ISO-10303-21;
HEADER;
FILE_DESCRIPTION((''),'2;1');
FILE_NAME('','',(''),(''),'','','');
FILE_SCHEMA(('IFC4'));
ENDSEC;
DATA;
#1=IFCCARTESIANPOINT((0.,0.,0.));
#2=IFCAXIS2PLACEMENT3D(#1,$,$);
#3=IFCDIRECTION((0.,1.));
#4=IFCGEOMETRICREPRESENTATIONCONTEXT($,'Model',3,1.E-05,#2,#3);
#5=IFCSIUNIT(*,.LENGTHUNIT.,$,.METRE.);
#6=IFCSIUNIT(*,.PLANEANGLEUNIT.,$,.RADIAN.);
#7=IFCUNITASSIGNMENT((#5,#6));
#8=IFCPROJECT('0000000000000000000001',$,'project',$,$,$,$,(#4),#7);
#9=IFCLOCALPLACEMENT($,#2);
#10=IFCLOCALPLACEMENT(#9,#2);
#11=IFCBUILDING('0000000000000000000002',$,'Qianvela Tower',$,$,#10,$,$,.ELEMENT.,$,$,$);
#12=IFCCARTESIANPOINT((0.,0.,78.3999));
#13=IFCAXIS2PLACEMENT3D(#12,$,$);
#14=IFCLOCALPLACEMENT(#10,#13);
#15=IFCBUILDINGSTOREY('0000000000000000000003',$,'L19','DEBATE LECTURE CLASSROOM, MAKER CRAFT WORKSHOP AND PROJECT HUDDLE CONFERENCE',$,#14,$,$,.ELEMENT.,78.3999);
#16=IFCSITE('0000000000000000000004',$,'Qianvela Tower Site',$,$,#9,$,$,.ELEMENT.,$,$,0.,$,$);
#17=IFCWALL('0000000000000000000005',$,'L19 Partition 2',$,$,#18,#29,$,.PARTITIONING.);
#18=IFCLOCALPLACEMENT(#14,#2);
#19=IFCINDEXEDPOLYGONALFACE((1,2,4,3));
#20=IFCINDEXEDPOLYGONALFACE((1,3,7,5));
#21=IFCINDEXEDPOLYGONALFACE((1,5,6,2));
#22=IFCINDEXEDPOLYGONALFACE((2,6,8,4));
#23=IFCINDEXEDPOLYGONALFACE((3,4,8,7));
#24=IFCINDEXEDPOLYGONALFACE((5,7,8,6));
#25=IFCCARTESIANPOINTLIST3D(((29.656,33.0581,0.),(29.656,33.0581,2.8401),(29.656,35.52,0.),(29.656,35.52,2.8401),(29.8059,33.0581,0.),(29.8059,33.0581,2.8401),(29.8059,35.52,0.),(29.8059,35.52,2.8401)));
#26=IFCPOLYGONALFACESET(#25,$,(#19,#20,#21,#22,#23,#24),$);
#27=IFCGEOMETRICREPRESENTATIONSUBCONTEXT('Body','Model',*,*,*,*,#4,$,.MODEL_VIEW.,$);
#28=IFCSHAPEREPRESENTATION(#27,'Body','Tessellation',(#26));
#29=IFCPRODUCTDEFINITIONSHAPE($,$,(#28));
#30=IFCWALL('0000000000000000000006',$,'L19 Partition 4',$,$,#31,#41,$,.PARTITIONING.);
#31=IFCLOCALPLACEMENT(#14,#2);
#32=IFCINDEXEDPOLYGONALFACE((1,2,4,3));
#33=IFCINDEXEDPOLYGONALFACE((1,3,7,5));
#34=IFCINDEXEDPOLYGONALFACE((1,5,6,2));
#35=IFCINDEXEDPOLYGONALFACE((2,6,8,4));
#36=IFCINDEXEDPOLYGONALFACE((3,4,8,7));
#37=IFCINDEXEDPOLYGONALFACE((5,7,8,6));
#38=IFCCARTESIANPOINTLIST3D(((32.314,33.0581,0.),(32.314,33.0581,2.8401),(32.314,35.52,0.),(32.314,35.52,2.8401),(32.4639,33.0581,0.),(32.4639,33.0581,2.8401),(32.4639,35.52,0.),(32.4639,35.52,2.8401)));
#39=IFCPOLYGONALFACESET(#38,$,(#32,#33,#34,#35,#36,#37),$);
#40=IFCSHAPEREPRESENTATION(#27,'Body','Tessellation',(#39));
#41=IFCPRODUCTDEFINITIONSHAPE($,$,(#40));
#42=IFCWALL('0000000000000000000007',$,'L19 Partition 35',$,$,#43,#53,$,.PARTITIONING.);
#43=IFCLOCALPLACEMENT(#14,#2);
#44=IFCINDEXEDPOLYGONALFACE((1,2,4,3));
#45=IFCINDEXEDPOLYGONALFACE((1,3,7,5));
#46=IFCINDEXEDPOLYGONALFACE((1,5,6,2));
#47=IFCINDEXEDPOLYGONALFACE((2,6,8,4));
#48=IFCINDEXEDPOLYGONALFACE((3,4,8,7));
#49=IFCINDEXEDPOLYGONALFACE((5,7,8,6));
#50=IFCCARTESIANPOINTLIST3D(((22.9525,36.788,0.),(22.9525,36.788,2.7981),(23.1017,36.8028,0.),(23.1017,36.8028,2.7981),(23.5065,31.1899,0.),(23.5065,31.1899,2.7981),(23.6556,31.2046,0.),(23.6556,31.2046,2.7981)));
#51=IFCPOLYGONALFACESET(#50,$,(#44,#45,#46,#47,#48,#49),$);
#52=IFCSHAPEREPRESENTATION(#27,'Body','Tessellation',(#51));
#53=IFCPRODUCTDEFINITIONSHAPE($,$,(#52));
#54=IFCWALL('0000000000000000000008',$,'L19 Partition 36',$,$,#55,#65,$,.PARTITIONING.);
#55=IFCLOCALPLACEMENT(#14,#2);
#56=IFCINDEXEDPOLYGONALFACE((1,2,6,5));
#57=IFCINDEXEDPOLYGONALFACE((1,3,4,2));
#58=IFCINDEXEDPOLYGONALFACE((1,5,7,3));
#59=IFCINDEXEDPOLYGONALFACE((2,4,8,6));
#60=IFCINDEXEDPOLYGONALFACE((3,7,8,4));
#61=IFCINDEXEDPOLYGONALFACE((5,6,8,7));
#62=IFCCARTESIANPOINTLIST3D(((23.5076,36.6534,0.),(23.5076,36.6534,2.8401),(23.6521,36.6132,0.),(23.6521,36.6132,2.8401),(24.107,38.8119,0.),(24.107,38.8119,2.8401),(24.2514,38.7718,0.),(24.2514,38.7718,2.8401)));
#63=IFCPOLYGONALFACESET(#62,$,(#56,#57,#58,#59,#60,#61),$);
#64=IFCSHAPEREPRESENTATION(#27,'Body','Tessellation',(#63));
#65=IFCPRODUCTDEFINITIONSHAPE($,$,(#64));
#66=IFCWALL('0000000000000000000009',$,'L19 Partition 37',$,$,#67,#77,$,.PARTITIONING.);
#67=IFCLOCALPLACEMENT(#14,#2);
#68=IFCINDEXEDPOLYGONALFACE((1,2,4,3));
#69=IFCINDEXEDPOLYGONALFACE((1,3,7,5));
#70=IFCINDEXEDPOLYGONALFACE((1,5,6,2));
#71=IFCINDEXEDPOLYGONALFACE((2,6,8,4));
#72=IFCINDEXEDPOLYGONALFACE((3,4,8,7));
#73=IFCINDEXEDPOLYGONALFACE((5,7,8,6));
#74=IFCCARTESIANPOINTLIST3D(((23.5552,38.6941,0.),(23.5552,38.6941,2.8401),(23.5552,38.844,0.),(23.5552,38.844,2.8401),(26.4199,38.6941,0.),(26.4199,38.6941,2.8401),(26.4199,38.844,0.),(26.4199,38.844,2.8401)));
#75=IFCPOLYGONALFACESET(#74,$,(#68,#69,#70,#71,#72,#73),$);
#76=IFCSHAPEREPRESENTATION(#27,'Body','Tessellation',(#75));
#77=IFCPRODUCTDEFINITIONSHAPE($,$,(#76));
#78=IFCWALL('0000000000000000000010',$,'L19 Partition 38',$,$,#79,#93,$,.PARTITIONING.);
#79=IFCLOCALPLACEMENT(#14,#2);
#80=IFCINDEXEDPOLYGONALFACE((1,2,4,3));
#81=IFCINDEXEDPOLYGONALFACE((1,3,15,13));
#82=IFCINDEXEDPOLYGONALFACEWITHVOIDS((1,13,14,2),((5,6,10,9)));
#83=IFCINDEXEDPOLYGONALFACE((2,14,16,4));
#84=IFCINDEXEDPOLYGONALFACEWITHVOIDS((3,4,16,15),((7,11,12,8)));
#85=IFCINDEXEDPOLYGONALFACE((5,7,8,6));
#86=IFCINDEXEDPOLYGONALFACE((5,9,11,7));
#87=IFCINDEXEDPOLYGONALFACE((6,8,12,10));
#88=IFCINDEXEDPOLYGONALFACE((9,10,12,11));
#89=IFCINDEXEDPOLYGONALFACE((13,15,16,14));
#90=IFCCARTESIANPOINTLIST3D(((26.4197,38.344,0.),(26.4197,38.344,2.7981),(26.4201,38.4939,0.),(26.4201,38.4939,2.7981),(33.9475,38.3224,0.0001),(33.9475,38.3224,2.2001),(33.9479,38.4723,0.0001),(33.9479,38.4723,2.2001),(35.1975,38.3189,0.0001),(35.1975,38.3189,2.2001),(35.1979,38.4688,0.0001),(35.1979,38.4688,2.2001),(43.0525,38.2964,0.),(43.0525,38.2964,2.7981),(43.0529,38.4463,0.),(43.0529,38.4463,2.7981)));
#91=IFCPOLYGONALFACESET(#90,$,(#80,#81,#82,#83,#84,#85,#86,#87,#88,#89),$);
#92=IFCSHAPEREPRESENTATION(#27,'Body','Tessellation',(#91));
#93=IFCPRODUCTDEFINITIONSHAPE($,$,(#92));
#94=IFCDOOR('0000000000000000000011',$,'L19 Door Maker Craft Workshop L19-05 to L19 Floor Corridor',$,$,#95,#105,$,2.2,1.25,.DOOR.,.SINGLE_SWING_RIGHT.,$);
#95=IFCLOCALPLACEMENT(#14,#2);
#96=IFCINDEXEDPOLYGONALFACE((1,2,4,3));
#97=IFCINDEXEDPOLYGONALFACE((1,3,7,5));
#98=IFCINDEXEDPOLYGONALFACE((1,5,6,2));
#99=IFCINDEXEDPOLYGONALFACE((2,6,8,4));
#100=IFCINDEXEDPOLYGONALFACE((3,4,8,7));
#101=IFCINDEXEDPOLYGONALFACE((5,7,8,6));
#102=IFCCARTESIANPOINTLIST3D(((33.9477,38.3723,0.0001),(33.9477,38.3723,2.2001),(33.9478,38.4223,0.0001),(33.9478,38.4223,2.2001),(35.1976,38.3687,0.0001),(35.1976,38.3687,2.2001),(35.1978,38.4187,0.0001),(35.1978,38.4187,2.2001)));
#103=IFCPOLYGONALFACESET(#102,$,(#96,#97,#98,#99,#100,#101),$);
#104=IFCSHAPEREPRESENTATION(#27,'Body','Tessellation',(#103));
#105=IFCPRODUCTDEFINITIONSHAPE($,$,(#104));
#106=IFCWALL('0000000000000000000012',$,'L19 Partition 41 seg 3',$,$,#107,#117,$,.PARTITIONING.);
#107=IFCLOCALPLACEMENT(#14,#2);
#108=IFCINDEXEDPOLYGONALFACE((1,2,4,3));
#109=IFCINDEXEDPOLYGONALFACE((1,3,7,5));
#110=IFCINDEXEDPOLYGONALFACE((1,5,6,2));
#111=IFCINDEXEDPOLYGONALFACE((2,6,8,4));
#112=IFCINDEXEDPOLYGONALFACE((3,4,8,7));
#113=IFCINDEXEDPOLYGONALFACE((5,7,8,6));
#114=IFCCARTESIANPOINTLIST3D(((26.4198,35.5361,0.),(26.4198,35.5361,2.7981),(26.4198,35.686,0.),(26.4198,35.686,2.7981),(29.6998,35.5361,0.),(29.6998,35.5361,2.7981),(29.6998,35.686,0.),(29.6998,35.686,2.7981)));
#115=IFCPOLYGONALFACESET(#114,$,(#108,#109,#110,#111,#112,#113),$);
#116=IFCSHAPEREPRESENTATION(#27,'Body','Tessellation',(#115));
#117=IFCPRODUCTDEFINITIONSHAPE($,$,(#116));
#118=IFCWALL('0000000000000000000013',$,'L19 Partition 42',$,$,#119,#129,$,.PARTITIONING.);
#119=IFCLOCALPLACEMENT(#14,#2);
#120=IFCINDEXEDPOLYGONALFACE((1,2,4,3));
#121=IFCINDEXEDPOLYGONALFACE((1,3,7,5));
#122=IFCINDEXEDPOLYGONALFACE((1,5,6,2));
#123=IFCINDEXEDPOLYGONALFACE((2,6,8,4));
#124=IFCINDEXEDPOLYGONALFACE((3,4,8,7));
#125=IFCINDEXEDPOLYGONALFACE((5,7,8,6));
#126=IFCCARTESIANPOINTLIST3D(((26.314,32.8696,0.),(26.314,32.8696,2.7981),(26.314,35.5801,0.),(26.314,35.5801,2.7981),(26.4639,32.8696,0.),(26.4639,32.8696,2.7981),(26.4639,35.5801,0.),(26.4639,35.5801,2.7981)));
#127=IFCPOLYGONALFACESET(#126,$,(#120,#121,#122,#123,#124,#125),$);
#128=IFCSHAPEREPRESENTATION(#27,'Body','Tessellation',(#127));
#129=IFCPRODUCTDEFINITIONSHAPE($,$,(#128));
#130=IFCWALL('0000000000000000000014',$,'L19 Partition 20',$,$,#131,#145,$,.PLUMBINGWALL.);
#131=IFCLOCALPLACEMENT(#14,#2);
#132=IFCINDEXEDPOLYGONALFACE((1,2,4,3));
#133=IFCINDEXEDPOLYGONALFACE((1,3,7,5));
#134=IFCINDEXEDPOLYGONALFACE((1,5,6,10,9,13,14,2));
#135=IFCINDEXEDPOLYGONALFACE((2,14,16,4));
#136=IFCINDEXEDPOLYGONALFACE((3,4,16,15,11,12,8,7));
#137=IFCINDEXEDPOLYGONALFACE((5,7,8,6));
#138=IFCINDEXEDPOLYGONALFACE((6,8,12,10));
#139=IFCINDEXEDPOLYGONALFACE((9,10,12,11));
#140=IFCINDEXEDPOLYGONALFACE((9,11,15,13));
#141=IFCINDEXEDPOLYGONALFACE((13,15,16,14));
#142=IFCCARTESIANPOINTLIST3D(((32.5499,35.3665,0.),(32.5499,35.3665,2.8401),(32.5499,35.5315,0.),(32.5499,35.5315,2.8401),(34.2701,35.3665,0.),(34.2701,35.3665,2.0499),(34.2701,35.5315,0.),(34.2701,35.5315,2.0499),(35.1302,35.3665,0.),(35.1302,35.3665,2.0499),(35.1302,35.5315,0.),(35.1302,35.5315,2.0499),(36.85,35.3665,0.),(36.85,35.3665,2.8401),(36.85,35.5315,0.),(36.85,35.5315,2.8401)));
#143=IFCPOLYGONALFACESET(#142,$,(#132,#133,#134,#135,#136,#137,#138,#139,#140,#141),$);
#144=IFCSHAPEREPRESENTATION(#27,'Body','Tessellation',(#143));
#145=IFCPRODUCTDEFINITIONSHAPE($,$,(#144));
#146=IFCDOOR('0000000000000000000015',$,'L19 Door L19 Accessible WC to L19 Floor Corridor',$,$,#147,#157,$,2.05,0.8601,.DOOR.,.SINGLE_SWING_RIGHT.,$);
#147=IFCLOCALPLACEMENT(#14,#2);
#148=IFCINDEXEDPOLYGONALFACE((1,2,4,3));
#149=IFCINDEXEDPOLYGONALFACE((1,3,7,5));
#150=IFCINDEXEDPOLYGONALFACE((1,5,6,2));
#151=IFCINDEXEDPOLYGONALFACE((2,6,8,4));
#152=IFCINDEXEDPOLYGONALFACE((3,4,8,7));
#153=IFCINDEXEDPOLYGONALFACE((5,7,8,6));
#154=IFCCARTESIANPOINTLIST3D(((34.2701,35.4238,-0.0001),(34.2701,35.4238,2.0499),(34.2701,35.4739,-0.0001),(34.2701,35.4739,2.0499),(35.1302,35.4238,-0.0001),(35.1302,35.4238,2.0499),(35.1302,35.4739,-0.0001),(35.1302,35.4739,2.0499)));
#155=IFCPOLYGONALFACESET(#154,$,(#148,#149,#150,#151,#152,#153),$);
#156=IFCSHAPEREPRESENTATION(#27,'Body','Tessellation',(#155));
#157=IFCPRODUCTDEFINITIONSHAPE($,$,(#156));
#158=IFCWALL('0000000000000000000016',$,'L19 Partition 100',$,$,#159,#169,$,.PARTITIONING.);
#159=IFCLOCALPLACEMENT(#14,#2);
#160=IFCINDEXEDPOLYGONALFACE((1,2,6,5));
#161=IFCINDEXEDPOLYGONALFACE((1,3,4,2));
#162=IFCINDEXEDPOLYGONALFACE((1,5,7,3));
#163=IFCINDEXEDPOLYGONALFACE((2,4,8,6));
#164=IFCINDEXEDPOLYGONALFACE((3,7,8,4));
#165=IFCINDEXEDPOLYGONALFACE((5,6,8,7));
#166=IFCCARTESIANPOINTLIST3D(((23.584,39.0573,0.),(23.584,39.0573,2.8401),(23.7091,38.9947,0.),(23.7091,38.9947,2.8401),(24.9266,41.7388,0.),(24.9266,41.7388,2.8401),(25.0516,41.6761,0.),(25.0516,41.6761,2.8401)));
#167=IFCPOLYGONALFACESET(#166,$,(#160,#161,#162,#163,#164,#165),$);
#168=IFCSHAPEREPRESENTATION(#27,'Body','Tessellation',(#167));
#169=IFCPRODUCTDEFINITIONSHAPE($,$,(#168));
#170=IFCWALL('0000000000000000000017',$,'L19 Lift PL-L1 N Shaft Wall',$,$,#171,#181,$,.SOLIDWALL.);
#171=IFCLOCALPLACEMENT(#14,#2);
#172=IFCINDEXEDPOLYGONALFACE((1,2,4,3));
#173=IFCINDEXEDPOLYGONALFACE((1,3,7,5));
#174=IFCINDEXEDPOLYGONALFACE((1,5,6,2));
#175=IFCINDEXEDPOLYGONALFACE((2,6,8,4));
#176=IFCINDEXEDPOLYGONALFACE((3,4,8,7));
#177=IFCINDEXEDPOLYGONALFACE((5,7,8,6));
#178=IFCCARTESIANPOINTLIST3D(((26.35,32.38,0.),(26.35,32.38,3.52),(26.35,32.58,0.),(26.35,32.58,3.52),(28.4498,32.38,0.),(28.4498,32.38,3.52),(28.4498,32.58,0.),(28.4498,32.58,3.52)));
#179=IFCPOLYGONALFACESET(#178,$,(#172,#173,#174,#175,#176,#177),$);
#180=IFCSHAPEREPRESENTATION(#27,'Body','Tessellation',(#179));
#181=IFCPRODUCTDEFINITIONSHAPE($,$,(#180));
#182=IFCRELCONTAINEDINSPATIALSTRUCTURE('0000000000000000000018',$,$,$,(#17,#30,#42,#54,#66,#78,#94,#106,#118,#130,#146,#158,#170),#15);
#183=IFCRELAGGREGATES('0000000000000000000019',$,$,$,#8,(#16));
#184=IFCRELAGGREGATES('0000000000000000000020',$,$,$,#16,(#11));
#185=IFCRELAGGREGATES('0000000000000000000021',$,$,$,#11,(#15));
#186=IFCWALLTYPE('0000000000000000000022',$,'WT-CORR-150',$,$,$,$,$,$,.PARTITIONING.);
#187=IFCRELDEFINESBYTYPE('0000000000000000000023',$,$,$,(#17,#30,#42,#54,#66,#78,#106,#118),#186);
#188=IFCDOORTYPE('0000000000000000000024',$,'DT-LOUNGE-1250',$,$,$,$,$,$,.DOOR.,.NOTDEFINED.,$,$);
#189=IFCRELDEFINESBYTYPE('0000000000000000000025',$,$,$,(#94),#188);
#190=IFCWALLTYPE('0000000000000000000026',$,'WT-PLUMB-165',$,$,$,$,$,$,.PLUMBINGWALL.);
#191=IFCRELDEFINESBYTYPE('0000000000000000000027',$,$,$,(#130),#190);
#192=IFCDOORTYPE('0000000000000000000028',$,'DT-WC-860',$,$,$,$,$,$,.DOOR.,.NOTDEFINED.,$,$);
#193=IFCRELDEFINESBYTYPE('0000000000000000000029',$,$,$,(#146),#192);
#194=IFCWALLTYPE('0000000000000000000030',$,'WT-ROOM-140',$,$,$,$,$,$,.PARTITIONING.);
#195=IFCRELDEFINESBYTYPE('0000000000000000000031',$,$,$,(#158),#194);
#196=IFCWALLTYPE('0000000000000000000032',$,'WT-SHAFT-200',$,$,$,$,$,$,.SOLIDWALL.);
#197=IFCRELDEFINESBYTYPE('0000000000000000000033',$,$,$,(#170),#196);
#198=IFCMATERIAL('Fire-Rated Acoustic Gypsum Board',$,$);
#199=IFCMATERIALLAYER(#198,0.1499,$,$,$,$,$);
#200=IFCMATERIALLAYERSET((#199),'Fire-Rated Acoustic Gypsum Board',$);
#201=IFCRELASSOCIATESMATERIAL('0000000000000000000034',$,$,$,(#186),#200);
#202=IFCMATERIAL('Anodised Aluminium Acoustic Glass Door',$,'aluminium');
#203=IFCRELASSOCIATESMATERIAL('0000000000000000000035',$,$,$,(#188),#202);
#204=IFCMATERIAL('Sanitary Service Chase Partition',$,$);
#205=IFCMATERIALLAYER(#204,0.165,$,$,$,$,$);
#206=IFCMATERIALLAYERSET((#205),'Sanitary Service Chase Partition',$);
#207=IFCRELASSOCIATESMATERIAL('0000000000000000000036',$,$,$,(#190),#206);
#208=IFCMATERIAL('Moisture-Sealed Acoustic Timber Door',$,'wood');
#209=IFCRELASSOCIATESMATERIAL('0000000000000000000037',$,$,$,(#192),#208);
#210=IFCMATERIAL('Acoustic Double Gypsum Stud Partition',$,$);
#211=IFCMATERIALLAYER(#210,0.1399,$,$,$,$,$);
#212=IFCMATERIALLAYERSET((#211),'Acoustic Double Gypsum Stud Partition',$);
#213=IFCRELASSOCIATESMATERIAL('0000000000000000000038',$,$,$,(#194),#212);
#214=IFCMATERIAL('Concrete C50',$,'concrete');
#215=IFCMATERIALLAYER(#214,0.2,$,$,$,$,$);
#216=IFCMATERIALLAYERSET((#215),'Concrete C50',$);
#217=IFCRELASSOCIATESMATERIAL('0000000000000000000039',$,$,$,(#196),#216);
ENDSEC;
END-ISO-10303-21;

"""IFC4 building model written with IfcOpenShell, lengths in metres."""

from ifc_helpers import new_model, si_unit, direction, frame, frame_2d, origin, place, context, subcontext, project, spatial, rectangle, extrude, material, layer, layer_set, type_object, element, fill, save


model = new_model("IFC4")

# Units and contexts
model_context = context("Model", 3, precision=1e-05, world=origin(), true_north=direction((0.0, 1.0)))
body_context = subcontext(model_context, "Body", "Model", "MODEL_VIEW")
ifc_project = project(units=[si_unit("LENGTHUNIT", "METRE"), si_unit("PLANEANGLEUNIT", "RADIAN")], contexts=[model_context])

# Site, building, storey
site_placement = place(None, origin())
site = spatial("IfcSite", under=ifc_project, at=site_placement, Name="Qianvela Tower Site", CompositionType="ELEMENT", RefElevation=0.0)
building_placement = place(site_placement, origin())
building = spatial("IfcBuilding", under=site, at=building_placement, Name="Qianvela Tower", CompositionType="ELEMENT")
storey_placement = place(building_placement, frame((0.0, 0.0, 78.3999)))
storey = spatial("IfcBuildingStorey", under=building, at=storey_placement, Name="L19", Description="DEBATE LECTURE CLASSROOM, MAKER CRAFT WORKSHOP AND PROJECT HUDDLE CONFERENCE", CompositionType="ELEMENT", Elevation=78.3999)

# Wall
ifc_material_1 = material(Name="Fire-Rated Acoustic Gypsum Board")
ifc_layer_1 = layer(ifc_material_1, 0.1499)
ifc_layer_set_1 = layer_set([ifc_layer_1], Name="Fire-Rated Acoustic Gypsum Board")
wall_type_1 = type_object("IfcWallType", Name="WT-CORR-150", PredefinedType="PARTITIONING", material=ifc_layer_set_1)
wall_1_placement = place(storey_placement, frame((29.731, 33.0581, 0.0), z_axis=(0.0, 0.0, 1.0), x_axis=(0.0, 1.0, 0.0)))
element("IfcWall", 1, at=wall_1_placement, inside=storey, type_object=wall_type_1, Name="L19 Partition 2", PredefinedType="PARTITIONING", context=body_context, shape_type="SweptSolid", body=[
    extrude(rectangle(XDim=2.4619, YDim=0.1499, at=frame_2d((1.231, 0.0))), origin(), (0.0, 0.0, 1.0), 2.8401),
])

# Walls
wall_2_placement = place(storey_placement, frame((32.3889, 35.52, 0.0), z_axis=(0.0, 0.0, 1.0), x_axis=(0.0, -1.0, 0.0)))
element("IfcWall", 2, at=wall_2_placement, inside=storey, type_object=wall_type_1, Name="L19 Partition 4", PredefinedType="PARTITIONING", context=body_context, shape_type="SweptSolid", body=[
    extrude(rectangle(XDim=2.4619, YDim=0.1499, at=frame_2d((1.231, 0.0))), origin(), (0.0, 0.0, 1.0), 2.8401),
])
wall_3_placement = place(storey_placement, frame((23.5811, 31.1973, 0.0), z_axis=(0.0, 0.0, 1.0), x_axis=(-0.098472, 0.99514, 0.0)))
element("IfcWall", 3, at=wall_3_placement, inside=storey, type_object=wall_type_1, Name="L19 Partition 35", PredefinedType="PARTITIONING", context=body_context, shape_type="SweptSolid", body=[
    extrude(rectangle(XDim=5.6255, YDim=0.1499, at=frame_2d((2.8127, 0.0))), origin(), (0.0, 0.0, 1.0), 2.7981),
])
wall_4_placement = place(storey_placement, frame((23.5798, 36.6333, 0.0), z_axis=(0.0, 0.0, 1.0), x_axis=(0.26756, 0.963541, 0.0)))
element("IfcWall", 4, at=wall_4_placement, inside=storey, type_object=wall_type_1, Name="L19 Partition 36", PredefinedType="PARTITIONING", context=body_context, shape_type="SweptSolid", body=[
    extrude(rectangle(XDim=2.2402, YDim=0.1499, at=frame_2d((1.1201, 0.0))), origin(), (0.0, 0.0, 1.0), 2.8401),
])
wall_5_placement = place(storey_placement, frame((23.5552, 38.769, 0.0), z_axis=(0.0, 0.0, 1.0), x_axis=(1.0, 0.0, 0.0)))
element("IfcWall", 5, at=wall_5_placement, inside=storey, type_object=wall_type_1, Name="L19 Partition 37", PredefinedType="PARTITIONING", context=body_context, shape_type="SweptSolid", body=[
    extrude(rectangle(XDim=2.8647, YDim=0.1499, at=frame_2d((1.4324, 0.0))), origin(), (0.0, 0.0, 1.0), 2.8401),
])

# Wall, opening, door
wall_6_placement = place(storey_placement, frame((26.4199, 38.4189, 0.0), z_axis=(0.0, 0.0, 1.0), x_axis=(0.999996, -0.002862, 0.0)))
wall_6 = element("IfcWall", 6, at=wall_6_placement, inside=storey, type_object=wall_type_1, Name="L19 Partition 38", PredefinedType="PARTITIONING", context=body_context, shape_type="SweptSolid", body=[
    extrude(rectangle(XDim=16.6328, YDim=0.1499, at=frame_2d((8.3164, 0.0))), origin(), (0.0, 0.0, 1.0), 2.7981),
])
opening_1_placement = place(wall_6_placement, frame((7.5278, 0.0, 0.0)))
opening_1 = element("IfcOpeningElement", 7, at=opening_1_placement, cuts=wall_6, PredefinedType="OPENING", context=body_context, shape_type="SweptSolid", body=[
    extrude(rectangle(XDim=1.25, YDim=2.2, at=frame_2d((0.625, 1.1001))), frame((0.0, 0.085, 0.0), z_axis=(0.0, -1.0, 0.0), x_axis=(1.0, 0.0, 0.0)), (0.0, 0.0, 1.0), 0.1699),
])
ifc_material_2 = material(Name="Anodised Aluminium Acoustic Glass Door", Category="aluminium")
door_type_1 = type_object("IfcDoorType", Name="DT-LOUNGE-1250", OperationType="NOTDEFINED", PredefinedType="DOOR", material=ifc_material_2)
door_1_placement = place(opening_1_placement, origin())
door_1 = element("IfcDoor", 8, at=door_1_placement, inside=storey, type_object=door_type_1, Name="L19 Door Maker Craft Workshop L19-05 to L19 Floor Corridor", OperationType="SINGLE_SWING_RIGHT", OverallHeight=2.2, OverallWidth=1.25, PredefinedType="DOOR", context=body_context, shape_type="SweptSolid", body=[
    extrude(rectangle(XDim=1.25, YDim=2.2, at=frame_2d((0.625, 1.1001))), frame((0.0, 0.0249, 0.0), z_axis=(0.0, -1.0, 0.0), x_axis=(1.0, 0.0, 0.0)), (0.0, 0.0, 1.0), 0.05),
])
fill(opening_1, door_1)

# Walls
wall_7_placement = place(storey_placement, frame((29.7, 35.6111, 0.0), z_axis=(0.0, 0.0, 1.0), x_axis=(-1.0, 0.0, 0.0)))
element("IfcWall", 9, at=wall_7_placement, inside=storey, type_object=wall_type_1, Name="L19 Partition 41 seg 3", PredefinedType="PARTITIONING", context=body_context, shape_type="SweptSolid", body=[
    extrude(rectangle(XDim=3.28, YDim=0.1499, at=frame_2d((1.6401, 0.0))), origin(), (0.0, 0.0, 1.0), 2.7981),
])
wall_8_placement = place(storey_placement, frame((26.3889, 35.5801, 0.0), z_axis=(0.0, 0.0, 1.0), x_axis=(0.0, -1.0, 0.0)))
element("IfcWall", 10, at=wall_8_placement, inside=storey, type_object=wall_type_1, Name="L19 Partition 42", PredefinedType="PARTITIONING", context=body_context, shape_type="SweptSolid", body=[
    extrude(rectangle(XDim=2.7104, YDim=0.1499, at=frame_2d((1.3552, 0.0))), origin(), (0.0, 0.0, 1.0), 2.7981),
])

# Wall, opening, door
ifc_material_3 = material(Name="Sanitary Service Chase Partition")
ifc_layer_2 = layer(ifc_material_3, 0.165)
ifc_layer_set_2 = layer_set([ifc_layer_2], Name="Sanitary Service Chase Partition")
wall_type_2 = type_object("IfcWallType", Name="WT-PLUMB-165", PredefinedType="PLUMBINGWALL", material=ifc_layer_set_2)
wall_9_placement = place(storey_placement, frame((32.55, 35.449, 0.0), z_axis=(0.0, 0.0, 1.0), x_axis=(1.0, 0.0, 0.0)))
wall_9 = element("IfcWall", 11, at=wall_9_placement, inside=storey, type_object=wall_type_2, Name="L19 Partition 20", PredefinedType="PLUMBINGWALL", context=body_context, shape_type="SweptSolid", body=[
    extrude(rectangle(XDim=4.3, YDim=0.165, at=frame_2d((2.1499, 0.0))), origin(), (0.0, 0.0, 1.0), 2.8401),
])
opening_2_placement = place(wall_9_placement, frame((1.72, 0.0, 0.0)))
opening_2 = element("IfcOpeningElement", 12, at=opening_2_placement, cuts=wall_9, PredefinedType="OPENING", context=body_context, shape_type="SweptSolid", body=[
    extrude(rectangle(XDim=0.8601, YDim=2.05, at=frame_2d((0.4302, 1.0249))), frame((0.0, 0.0925, 0.0), z_axis=(0.0, -1.0, 0.0), x_axis=(1.0, 0.0, 0.0)), (0.0, 0.0, 1.0), 0.1851),
])
ifc_material_4 = material(Name="Moisture-Sealed Acoustic Timber Door", Category="wood")
door_type_2 = type_object("IfcDoorType", Name="DT-WC-860", OperationType="NOTDEFINED", PredefinedType="DOOR", material=ifc_material_4)
door_2_placement = place(opening_2_placement, origin())
door_2 = element("IfcDoor", 13, at=door_2_placement, inside=storey, type_object=door_type_2, Name="L19 Door L19 Accessible WC to L19 Floor Corridor", OperationType="SINGLE_SWING_RIGHT", OverallHeight=2.05, OverallWidth=0.8601, PredefinedType="DOOR", context=body_context, shape_type="SweptSolid", body=[
    extrude(rectangle(XDim=0.8601, YDim=2.05, at=frame_2d((0.4302, 1.0249))), frame((0.0, 0.0249, 0.0), z_axis=(0.0, -1.0, 0.0), x_axis=(1.0, 0.0, 0.0)), (0.0, 0.0, 1.0), 0.05),
])
fill(opening_2, door_2)

# Walls
ifc_material_5 = material(Name="Acoustic Double Gypsum Stud Partition")
ifc_layer_3 = layer(ifc_material_5, 0.1399)
ifc_layer_set_3 = layer_set([ifc_layer_3], Name="Acoustic Double Gypsum Stud Partition")
wall_type_3 = type_object("IfcWallType", Name="WT-ROOM-140", PredefinedType="PARTITIONING", material=ifc_layer_set_3)
wall_10_placement = place(storey_placement, frame((23.6465, 39.0259, 0.0), z_axis=(0.0, 0.0, 1.0), x_axis=(0.447702, 0.894183, 0.0)))
element("IfcWall", 14, at=wall_10_placement, inside=storey, type_object=wall_type_3, Name="L19 Partition 100", PredefinedType="PARTITIONING", context=body_context, shape_type="SweptSolid", body=[
    extrude(rectangle(XDim=2.9988, YDim=0.1399, at=frame_2d((1.4995, 0.0))), origin(), (0.0, 0.0, 1.0), 2.8401),
])
ifc_material_6 = material(Name="Concrete C50", Category="concrete")
ifc_layer_4 = layer(ifc_material_6, 0.2)
ifc_layer_set_4 = layer_set([ifc_layer_4], Name="Concrete C50")
wall_type_4 = type_object("IfcWallType", Name="WT-SHAFT-200", PredefinedType="SOLIDWALL", material=ifc_layer_set_4)
wall_11_placement = place(storey_placement, frame((26.3501, 32.48, 0.0), z_axis=(0.0, 0.0, 1.0), x_axis=(1.0, 0.0, 0.0)))
element("IfcWall", 15, at=wall_11_placement, inside=storey, type_object=wall_type_4, Name="L19 Lift PL-L1 N Shaft Wall", PredefinedType="SOLIDWALL", context=body_context, shape_type="SweptSolid", body=[
    extrude(rectangle(XDim=2.0999, YDim=0.2, at=frame_2d((1.0498, 0.0))), origin(), (0.0, 0.0, 1.0), 3.52),
])

save(model, "model.ifc")
